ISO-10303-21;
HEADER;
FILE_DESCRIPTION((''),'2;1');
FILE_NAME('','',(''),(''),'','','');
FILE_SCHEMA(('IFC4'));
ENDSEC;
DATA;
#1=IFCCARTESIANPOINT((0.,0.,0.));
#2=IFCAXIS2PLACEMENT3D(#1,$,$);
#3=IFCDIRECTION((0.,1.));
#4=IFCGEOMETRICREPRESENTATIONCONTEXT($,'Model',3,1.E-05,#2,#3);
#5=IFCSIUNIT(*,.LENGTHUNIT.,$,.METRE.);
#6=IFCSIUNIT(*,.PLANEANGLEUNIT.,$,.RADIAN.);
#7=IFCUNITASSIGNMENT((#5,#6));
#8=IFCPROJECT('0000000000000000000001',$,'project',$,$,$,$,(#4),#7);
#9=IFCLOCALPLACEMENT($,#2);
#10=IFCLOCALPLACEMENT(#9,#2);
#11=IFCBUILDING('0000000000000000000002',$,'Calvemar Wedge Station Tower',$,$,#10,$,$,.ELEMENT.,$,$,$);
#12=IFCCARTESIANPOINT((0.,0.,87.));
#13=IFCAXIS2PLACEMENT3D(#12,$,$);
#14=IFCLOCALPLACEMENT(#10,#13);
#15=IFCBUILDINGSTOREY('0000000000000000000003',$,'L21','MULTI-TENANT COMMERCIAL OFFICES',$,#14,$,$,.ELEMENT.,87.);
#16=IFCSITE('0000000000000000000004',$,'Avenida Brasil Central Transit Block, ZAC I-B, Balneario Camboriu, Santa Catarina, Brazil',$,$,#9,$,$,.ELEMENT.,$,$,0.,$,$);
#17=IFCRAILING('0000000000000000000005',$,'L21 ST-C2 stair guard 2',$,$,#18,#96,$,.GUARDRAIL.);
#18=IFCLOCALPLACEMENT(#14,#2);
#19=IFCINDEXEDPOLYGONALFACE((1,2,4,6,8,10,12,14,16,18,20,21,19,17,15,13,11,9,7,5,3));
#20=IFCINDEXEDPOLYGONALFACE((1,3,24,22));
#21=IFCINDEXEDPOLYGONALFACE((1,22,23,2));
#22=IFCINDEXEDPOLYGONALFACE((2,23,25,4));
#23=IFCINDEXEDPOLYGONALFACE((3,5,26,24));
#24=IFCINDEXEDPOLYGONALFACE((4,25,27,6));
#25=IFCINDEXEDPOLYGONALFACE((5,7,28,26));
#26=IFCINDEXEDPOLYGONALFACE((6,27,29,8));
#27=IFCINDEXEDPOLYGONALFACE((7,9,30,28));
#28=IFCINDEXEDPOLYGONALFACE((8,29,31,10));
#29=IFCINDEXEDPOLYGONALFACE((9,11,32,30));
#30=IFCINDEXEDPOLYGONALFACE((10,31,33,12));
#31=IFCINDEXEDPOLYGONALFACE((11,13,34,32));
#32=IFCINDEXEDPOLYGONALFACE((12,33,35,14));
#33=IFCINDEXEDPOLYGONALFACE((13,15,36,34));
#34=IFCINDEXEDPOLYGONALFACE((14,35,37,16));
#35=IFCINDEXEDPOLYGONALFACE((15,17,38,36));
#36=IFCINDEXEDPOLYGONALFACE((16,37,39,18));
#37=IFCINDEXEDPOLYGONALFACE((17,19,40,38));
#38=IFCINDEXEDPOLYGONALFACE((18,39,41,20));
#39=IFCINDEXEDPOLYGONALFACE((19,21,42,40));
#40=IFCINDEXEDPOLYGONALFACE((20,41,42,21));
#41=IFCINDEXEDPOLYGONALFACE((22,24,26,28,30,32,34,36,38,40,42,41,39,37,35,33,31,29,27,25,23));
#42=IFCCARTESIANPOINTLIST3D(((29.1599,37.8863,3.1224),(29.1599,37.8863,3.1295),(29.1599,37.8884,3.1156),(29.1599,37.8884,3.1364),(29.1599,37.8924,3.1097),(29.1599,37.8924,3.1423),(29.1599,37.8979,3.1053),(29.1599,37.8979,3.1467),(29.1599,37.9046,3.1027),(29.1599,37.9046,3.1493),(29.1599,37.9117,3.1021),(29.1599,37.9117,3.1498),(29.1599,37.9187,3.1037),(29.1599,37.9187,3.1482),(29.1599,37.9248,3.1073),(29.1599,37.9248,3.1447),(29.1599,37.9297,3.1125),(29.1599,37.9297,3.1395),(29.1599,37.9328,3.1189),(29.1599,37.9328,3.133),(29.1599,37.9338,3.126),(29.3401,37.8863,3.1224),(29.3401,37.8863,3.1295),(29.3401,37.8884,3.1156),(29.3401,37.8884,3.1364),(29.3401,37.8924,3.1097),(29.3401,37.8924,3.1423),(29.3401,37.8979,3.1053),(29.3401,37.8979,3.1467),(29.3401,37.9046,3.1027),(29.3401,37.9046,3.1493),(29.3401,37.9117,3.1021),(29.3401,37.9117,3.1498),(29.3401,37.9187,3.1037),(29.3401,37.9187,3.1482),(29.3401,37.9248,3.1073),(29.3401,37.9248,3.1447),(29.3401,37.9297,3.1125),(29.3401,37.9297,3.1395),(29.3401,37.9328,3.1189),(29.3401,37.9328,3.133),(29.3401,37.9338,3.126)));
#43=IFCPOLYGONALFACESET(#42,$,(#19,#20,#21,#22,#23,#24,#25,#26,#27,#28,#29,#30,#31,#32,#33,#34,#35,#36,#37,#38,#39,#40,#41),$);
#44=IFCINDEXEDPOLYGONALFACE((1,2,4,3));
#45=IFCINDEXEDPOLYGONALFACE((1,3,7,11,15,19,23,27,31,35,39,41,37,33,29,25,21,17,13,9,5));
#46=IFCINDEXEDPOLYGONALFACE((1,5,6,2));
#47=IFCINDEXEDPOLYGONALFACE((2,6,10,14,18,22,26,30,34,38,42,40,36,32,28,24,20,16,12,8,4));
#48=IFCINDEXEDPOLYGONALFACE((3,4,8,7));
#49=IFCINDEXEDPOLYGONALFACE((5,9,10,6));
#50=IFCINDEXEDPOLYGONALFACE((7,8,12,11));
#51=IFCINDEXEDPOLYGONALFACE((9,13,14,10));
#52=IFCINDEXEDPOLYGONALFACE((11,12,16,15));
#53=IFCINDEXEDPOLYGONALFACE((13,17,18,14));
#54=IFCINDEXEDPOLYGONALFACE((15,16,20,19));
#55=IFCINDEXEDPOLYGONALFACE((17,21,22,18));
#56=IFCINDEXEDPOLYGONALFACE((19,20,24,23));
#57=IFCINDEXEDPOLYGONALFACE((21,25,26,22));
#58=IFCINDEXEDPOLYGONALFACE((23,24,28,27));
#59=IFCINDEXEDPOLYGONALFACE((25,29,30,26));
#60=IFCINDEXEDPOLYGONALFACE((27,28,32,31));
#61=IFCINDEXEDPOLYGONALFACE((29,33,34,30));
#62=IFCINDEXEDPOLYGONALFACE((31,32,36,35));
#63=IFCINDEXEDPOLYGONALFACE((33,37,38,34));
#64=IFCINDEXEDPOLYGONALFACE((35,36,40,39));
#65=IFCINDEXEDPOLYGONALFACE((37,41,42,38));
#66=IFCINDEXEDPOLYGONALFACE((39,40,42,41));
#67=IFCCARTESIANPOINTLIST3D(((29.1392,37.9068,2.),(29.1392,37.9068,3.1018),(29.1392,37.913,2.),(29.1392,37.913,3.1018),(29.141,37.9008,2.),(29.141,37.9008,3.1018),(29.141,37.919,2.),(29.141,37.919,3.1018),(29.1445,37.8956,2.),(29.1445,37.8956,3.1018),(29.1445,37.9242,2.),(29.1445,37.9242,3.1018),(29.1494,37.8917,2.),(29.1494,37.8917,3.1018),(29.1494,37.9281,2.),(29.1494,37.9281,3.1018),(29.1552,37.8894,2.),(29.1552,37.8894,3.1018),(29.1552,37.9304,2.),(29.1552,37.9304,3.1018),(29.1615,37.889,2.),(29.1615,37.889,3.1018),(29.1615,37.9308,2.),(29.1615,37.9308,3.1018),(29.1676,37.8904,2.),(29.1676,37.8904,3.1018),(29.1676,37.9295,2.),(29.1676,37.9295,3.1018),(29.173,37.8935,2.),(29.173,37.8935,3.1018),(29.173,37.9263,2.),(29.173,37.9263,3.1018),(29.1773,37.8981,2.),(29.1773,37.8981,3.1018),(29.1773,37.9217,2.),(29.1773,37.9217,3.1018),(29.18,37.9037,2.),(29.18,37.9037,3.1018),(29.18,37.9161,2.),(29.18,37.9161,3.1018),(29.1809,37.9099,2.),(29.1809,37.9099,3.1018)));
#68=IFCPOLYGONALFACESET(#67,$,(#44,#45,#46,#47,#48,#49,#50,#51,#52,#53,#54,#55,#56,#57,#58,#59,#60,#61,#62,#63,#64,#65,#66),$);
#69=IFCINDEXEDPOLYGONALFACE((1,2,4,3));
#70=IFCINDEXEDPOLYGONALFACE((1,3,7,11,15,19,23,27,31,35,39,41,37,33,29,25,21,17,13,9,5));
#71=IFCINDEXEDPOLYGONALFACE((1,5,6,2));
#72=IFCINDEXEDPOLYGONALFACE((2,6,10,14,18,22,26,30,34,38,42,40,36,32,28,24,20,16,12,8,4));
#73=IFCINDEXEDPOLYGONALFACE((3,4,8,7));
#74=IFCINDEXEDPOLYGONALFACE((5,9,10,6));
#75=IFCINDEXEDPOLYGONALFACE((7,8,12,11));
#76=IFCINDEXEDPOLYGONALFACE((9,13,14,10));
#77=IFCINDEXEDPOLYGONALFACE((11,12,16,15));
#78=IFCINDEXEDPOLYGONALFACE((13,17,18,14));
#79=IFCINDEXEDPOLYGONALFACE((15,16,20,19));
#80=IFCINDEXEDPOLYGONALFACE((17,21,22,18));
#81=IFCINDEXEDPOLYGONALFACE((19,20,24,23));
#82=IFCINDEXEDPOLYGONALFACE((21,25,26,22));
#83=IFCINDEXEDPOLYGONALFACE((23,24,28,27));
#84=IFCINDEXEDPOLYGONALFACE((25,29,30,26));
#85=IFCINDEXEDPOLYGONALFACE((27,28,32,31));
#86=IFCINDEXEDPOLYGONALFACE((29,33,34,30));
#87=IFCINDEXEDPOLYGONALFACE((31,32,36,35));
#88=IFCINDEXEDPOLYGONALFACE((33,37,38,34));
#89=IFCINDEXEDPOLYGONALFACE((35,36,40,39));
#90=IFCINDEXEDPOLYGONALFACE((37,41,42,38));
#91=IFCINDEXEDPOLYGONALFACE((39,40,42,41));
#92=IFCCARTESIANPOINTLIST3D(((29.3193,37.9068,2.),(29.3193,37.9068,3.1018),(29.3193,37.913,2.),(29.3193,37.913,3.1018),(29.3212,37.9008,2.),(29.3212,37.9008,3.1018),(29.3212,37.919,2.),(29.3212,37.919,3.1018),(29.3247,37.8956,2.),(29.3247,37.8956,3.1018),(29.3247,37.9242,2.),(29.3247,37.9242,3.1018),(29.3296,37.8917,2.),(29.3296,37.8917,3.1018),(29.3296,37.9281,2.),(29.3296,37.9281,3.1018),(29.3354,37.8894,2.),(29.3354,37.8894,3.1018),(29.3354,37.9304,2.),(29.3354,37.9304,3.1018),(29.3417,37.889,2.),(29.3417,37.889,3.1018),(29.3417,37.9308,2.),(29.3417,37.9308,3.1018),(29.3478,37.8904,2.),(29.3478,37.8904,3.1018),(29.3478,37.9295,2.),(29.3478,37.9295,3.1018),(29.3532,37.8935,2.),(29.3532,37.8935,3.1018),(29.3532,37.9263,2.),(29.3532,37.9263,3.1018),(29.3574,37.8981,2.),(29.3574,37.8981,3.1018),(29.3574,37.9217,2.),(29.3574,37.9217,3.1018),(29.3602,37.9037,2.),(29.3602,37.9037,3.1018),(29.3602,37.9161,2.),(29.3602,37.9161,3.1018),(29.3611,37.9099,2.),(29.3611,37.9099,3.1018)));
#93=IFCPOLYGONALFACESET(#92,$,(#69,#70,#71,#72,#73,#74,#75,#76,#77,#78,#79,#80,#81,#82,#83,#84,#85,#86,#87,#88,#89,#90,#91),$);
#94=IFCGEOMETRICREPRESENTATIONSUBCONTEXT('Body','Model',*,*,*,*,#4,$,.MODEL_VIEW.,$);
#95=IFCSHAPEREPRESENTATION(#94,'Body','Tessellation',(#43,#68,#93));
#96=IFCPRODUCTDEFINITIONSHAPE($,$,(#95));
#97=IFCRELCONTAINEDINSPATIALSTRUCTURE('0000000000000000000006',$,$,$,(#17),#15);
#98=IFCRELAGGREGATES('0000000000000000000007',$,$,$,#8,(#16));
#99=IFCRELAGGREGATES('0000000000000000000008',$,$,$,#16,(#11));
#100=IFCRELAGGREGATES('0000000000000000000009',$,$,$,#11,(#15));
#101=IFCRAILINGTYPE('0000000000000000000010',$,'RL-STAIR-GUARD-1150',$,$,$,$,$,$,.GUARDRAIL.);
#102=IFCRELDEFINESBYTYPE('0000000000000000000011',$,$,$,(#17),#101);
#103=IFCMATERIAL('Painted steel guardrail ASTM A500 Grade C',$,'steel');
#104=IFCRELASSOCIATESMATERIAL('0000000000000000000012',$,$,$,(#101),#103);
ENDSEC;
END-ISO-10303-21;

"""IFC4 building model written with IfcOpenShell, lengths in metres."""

from ifc_helpers import new_model, si_unit, direction, frame, origin, origin_2d, place, context, subcontext, project, spatial, circle, extrude, material, type_object, element, save


model = new_model("IFC4")

# Units and contexts
model_context = context("Model", 3, precision=1e-05, world=origin(), true_north=direction((0.0, 1.0)))
body_context = subcontext(model_context, "Body", "Model", "MODEL_VIEW")
ifc_project = project(units=[si_unit("LENGTHUNIT", "METRE"), si_unit("PLANEANGLEUNIT", "RADIAN")], contexts=[model_context])

# Site, building, storey
site_placement = place(None, origin())
site = spatial("IfcSite", under=ifc_project, at=site_placement, Name="Avenida Brasil Central Transit Block, ZAC I-B, Balneario Camboriu, Santa Catarina, Brazil", CompositionType="ELEMENT", RefElevation=0.0)
building_placement = place(site_placement, origin())
building = spatial("IfcBuilding", under=site, at=building_placement, Name="Calvemar Wedge Station Tower", CompositionType="ELEMENT")
storey_placement = place(building_placement, frame((0.0, 0.0, 87.0)))
storey = spatial("IfcBuildingStorey", under=building, at=storey_placement, Name="L21", Description="MULTI-TENANT COMMERCIAL OFFICES", CompositionType="ELEMENT", Elevation=87.0)

# Railing
ifc_material_1 = material(Name="Painted steel guardrail ASTM A500 Grade C", Category="steel")
railing_type_1 = type_object("IfcRailingType", Name="RL-STAIR-GUARD-1150", PredefinedType="GUARDRAIL", material=ifc_material_1)
railing_1_placement = place(storey_placement, frame((29.1599, 37.9099, 2.0)))
element("IfcRailing", 1, at=railing_1_placement, inside=storey, type_object=railing_type_1, Name="L21 ST-C2 stair guard 2", PredefinedType="GUARDRAIL", context=body_context, shape_type="SweptSolid", body=[
    extrude(circle(Radius=0.0239, at=origin_2d()), frame((0.0, 0.0, 1.126), z_axis=(1.0, 0.0, 0.0), x_axis=(0.0, 1.0, 0.0)), (0.0, 0.0, 1.0), 0.1802),
    extrude(circle(Radius=0.021, at=origin_2d()), origin(), (0.0, 0.0, 1.0), 1.1018),
    extrude(circle(Radius=0.021, at=origin_2d()), frame((0.1802, 0.0, 0.0)), (0.0, 0.0, 1.0), 1.1018),
])

save(model, "model.ifc")
